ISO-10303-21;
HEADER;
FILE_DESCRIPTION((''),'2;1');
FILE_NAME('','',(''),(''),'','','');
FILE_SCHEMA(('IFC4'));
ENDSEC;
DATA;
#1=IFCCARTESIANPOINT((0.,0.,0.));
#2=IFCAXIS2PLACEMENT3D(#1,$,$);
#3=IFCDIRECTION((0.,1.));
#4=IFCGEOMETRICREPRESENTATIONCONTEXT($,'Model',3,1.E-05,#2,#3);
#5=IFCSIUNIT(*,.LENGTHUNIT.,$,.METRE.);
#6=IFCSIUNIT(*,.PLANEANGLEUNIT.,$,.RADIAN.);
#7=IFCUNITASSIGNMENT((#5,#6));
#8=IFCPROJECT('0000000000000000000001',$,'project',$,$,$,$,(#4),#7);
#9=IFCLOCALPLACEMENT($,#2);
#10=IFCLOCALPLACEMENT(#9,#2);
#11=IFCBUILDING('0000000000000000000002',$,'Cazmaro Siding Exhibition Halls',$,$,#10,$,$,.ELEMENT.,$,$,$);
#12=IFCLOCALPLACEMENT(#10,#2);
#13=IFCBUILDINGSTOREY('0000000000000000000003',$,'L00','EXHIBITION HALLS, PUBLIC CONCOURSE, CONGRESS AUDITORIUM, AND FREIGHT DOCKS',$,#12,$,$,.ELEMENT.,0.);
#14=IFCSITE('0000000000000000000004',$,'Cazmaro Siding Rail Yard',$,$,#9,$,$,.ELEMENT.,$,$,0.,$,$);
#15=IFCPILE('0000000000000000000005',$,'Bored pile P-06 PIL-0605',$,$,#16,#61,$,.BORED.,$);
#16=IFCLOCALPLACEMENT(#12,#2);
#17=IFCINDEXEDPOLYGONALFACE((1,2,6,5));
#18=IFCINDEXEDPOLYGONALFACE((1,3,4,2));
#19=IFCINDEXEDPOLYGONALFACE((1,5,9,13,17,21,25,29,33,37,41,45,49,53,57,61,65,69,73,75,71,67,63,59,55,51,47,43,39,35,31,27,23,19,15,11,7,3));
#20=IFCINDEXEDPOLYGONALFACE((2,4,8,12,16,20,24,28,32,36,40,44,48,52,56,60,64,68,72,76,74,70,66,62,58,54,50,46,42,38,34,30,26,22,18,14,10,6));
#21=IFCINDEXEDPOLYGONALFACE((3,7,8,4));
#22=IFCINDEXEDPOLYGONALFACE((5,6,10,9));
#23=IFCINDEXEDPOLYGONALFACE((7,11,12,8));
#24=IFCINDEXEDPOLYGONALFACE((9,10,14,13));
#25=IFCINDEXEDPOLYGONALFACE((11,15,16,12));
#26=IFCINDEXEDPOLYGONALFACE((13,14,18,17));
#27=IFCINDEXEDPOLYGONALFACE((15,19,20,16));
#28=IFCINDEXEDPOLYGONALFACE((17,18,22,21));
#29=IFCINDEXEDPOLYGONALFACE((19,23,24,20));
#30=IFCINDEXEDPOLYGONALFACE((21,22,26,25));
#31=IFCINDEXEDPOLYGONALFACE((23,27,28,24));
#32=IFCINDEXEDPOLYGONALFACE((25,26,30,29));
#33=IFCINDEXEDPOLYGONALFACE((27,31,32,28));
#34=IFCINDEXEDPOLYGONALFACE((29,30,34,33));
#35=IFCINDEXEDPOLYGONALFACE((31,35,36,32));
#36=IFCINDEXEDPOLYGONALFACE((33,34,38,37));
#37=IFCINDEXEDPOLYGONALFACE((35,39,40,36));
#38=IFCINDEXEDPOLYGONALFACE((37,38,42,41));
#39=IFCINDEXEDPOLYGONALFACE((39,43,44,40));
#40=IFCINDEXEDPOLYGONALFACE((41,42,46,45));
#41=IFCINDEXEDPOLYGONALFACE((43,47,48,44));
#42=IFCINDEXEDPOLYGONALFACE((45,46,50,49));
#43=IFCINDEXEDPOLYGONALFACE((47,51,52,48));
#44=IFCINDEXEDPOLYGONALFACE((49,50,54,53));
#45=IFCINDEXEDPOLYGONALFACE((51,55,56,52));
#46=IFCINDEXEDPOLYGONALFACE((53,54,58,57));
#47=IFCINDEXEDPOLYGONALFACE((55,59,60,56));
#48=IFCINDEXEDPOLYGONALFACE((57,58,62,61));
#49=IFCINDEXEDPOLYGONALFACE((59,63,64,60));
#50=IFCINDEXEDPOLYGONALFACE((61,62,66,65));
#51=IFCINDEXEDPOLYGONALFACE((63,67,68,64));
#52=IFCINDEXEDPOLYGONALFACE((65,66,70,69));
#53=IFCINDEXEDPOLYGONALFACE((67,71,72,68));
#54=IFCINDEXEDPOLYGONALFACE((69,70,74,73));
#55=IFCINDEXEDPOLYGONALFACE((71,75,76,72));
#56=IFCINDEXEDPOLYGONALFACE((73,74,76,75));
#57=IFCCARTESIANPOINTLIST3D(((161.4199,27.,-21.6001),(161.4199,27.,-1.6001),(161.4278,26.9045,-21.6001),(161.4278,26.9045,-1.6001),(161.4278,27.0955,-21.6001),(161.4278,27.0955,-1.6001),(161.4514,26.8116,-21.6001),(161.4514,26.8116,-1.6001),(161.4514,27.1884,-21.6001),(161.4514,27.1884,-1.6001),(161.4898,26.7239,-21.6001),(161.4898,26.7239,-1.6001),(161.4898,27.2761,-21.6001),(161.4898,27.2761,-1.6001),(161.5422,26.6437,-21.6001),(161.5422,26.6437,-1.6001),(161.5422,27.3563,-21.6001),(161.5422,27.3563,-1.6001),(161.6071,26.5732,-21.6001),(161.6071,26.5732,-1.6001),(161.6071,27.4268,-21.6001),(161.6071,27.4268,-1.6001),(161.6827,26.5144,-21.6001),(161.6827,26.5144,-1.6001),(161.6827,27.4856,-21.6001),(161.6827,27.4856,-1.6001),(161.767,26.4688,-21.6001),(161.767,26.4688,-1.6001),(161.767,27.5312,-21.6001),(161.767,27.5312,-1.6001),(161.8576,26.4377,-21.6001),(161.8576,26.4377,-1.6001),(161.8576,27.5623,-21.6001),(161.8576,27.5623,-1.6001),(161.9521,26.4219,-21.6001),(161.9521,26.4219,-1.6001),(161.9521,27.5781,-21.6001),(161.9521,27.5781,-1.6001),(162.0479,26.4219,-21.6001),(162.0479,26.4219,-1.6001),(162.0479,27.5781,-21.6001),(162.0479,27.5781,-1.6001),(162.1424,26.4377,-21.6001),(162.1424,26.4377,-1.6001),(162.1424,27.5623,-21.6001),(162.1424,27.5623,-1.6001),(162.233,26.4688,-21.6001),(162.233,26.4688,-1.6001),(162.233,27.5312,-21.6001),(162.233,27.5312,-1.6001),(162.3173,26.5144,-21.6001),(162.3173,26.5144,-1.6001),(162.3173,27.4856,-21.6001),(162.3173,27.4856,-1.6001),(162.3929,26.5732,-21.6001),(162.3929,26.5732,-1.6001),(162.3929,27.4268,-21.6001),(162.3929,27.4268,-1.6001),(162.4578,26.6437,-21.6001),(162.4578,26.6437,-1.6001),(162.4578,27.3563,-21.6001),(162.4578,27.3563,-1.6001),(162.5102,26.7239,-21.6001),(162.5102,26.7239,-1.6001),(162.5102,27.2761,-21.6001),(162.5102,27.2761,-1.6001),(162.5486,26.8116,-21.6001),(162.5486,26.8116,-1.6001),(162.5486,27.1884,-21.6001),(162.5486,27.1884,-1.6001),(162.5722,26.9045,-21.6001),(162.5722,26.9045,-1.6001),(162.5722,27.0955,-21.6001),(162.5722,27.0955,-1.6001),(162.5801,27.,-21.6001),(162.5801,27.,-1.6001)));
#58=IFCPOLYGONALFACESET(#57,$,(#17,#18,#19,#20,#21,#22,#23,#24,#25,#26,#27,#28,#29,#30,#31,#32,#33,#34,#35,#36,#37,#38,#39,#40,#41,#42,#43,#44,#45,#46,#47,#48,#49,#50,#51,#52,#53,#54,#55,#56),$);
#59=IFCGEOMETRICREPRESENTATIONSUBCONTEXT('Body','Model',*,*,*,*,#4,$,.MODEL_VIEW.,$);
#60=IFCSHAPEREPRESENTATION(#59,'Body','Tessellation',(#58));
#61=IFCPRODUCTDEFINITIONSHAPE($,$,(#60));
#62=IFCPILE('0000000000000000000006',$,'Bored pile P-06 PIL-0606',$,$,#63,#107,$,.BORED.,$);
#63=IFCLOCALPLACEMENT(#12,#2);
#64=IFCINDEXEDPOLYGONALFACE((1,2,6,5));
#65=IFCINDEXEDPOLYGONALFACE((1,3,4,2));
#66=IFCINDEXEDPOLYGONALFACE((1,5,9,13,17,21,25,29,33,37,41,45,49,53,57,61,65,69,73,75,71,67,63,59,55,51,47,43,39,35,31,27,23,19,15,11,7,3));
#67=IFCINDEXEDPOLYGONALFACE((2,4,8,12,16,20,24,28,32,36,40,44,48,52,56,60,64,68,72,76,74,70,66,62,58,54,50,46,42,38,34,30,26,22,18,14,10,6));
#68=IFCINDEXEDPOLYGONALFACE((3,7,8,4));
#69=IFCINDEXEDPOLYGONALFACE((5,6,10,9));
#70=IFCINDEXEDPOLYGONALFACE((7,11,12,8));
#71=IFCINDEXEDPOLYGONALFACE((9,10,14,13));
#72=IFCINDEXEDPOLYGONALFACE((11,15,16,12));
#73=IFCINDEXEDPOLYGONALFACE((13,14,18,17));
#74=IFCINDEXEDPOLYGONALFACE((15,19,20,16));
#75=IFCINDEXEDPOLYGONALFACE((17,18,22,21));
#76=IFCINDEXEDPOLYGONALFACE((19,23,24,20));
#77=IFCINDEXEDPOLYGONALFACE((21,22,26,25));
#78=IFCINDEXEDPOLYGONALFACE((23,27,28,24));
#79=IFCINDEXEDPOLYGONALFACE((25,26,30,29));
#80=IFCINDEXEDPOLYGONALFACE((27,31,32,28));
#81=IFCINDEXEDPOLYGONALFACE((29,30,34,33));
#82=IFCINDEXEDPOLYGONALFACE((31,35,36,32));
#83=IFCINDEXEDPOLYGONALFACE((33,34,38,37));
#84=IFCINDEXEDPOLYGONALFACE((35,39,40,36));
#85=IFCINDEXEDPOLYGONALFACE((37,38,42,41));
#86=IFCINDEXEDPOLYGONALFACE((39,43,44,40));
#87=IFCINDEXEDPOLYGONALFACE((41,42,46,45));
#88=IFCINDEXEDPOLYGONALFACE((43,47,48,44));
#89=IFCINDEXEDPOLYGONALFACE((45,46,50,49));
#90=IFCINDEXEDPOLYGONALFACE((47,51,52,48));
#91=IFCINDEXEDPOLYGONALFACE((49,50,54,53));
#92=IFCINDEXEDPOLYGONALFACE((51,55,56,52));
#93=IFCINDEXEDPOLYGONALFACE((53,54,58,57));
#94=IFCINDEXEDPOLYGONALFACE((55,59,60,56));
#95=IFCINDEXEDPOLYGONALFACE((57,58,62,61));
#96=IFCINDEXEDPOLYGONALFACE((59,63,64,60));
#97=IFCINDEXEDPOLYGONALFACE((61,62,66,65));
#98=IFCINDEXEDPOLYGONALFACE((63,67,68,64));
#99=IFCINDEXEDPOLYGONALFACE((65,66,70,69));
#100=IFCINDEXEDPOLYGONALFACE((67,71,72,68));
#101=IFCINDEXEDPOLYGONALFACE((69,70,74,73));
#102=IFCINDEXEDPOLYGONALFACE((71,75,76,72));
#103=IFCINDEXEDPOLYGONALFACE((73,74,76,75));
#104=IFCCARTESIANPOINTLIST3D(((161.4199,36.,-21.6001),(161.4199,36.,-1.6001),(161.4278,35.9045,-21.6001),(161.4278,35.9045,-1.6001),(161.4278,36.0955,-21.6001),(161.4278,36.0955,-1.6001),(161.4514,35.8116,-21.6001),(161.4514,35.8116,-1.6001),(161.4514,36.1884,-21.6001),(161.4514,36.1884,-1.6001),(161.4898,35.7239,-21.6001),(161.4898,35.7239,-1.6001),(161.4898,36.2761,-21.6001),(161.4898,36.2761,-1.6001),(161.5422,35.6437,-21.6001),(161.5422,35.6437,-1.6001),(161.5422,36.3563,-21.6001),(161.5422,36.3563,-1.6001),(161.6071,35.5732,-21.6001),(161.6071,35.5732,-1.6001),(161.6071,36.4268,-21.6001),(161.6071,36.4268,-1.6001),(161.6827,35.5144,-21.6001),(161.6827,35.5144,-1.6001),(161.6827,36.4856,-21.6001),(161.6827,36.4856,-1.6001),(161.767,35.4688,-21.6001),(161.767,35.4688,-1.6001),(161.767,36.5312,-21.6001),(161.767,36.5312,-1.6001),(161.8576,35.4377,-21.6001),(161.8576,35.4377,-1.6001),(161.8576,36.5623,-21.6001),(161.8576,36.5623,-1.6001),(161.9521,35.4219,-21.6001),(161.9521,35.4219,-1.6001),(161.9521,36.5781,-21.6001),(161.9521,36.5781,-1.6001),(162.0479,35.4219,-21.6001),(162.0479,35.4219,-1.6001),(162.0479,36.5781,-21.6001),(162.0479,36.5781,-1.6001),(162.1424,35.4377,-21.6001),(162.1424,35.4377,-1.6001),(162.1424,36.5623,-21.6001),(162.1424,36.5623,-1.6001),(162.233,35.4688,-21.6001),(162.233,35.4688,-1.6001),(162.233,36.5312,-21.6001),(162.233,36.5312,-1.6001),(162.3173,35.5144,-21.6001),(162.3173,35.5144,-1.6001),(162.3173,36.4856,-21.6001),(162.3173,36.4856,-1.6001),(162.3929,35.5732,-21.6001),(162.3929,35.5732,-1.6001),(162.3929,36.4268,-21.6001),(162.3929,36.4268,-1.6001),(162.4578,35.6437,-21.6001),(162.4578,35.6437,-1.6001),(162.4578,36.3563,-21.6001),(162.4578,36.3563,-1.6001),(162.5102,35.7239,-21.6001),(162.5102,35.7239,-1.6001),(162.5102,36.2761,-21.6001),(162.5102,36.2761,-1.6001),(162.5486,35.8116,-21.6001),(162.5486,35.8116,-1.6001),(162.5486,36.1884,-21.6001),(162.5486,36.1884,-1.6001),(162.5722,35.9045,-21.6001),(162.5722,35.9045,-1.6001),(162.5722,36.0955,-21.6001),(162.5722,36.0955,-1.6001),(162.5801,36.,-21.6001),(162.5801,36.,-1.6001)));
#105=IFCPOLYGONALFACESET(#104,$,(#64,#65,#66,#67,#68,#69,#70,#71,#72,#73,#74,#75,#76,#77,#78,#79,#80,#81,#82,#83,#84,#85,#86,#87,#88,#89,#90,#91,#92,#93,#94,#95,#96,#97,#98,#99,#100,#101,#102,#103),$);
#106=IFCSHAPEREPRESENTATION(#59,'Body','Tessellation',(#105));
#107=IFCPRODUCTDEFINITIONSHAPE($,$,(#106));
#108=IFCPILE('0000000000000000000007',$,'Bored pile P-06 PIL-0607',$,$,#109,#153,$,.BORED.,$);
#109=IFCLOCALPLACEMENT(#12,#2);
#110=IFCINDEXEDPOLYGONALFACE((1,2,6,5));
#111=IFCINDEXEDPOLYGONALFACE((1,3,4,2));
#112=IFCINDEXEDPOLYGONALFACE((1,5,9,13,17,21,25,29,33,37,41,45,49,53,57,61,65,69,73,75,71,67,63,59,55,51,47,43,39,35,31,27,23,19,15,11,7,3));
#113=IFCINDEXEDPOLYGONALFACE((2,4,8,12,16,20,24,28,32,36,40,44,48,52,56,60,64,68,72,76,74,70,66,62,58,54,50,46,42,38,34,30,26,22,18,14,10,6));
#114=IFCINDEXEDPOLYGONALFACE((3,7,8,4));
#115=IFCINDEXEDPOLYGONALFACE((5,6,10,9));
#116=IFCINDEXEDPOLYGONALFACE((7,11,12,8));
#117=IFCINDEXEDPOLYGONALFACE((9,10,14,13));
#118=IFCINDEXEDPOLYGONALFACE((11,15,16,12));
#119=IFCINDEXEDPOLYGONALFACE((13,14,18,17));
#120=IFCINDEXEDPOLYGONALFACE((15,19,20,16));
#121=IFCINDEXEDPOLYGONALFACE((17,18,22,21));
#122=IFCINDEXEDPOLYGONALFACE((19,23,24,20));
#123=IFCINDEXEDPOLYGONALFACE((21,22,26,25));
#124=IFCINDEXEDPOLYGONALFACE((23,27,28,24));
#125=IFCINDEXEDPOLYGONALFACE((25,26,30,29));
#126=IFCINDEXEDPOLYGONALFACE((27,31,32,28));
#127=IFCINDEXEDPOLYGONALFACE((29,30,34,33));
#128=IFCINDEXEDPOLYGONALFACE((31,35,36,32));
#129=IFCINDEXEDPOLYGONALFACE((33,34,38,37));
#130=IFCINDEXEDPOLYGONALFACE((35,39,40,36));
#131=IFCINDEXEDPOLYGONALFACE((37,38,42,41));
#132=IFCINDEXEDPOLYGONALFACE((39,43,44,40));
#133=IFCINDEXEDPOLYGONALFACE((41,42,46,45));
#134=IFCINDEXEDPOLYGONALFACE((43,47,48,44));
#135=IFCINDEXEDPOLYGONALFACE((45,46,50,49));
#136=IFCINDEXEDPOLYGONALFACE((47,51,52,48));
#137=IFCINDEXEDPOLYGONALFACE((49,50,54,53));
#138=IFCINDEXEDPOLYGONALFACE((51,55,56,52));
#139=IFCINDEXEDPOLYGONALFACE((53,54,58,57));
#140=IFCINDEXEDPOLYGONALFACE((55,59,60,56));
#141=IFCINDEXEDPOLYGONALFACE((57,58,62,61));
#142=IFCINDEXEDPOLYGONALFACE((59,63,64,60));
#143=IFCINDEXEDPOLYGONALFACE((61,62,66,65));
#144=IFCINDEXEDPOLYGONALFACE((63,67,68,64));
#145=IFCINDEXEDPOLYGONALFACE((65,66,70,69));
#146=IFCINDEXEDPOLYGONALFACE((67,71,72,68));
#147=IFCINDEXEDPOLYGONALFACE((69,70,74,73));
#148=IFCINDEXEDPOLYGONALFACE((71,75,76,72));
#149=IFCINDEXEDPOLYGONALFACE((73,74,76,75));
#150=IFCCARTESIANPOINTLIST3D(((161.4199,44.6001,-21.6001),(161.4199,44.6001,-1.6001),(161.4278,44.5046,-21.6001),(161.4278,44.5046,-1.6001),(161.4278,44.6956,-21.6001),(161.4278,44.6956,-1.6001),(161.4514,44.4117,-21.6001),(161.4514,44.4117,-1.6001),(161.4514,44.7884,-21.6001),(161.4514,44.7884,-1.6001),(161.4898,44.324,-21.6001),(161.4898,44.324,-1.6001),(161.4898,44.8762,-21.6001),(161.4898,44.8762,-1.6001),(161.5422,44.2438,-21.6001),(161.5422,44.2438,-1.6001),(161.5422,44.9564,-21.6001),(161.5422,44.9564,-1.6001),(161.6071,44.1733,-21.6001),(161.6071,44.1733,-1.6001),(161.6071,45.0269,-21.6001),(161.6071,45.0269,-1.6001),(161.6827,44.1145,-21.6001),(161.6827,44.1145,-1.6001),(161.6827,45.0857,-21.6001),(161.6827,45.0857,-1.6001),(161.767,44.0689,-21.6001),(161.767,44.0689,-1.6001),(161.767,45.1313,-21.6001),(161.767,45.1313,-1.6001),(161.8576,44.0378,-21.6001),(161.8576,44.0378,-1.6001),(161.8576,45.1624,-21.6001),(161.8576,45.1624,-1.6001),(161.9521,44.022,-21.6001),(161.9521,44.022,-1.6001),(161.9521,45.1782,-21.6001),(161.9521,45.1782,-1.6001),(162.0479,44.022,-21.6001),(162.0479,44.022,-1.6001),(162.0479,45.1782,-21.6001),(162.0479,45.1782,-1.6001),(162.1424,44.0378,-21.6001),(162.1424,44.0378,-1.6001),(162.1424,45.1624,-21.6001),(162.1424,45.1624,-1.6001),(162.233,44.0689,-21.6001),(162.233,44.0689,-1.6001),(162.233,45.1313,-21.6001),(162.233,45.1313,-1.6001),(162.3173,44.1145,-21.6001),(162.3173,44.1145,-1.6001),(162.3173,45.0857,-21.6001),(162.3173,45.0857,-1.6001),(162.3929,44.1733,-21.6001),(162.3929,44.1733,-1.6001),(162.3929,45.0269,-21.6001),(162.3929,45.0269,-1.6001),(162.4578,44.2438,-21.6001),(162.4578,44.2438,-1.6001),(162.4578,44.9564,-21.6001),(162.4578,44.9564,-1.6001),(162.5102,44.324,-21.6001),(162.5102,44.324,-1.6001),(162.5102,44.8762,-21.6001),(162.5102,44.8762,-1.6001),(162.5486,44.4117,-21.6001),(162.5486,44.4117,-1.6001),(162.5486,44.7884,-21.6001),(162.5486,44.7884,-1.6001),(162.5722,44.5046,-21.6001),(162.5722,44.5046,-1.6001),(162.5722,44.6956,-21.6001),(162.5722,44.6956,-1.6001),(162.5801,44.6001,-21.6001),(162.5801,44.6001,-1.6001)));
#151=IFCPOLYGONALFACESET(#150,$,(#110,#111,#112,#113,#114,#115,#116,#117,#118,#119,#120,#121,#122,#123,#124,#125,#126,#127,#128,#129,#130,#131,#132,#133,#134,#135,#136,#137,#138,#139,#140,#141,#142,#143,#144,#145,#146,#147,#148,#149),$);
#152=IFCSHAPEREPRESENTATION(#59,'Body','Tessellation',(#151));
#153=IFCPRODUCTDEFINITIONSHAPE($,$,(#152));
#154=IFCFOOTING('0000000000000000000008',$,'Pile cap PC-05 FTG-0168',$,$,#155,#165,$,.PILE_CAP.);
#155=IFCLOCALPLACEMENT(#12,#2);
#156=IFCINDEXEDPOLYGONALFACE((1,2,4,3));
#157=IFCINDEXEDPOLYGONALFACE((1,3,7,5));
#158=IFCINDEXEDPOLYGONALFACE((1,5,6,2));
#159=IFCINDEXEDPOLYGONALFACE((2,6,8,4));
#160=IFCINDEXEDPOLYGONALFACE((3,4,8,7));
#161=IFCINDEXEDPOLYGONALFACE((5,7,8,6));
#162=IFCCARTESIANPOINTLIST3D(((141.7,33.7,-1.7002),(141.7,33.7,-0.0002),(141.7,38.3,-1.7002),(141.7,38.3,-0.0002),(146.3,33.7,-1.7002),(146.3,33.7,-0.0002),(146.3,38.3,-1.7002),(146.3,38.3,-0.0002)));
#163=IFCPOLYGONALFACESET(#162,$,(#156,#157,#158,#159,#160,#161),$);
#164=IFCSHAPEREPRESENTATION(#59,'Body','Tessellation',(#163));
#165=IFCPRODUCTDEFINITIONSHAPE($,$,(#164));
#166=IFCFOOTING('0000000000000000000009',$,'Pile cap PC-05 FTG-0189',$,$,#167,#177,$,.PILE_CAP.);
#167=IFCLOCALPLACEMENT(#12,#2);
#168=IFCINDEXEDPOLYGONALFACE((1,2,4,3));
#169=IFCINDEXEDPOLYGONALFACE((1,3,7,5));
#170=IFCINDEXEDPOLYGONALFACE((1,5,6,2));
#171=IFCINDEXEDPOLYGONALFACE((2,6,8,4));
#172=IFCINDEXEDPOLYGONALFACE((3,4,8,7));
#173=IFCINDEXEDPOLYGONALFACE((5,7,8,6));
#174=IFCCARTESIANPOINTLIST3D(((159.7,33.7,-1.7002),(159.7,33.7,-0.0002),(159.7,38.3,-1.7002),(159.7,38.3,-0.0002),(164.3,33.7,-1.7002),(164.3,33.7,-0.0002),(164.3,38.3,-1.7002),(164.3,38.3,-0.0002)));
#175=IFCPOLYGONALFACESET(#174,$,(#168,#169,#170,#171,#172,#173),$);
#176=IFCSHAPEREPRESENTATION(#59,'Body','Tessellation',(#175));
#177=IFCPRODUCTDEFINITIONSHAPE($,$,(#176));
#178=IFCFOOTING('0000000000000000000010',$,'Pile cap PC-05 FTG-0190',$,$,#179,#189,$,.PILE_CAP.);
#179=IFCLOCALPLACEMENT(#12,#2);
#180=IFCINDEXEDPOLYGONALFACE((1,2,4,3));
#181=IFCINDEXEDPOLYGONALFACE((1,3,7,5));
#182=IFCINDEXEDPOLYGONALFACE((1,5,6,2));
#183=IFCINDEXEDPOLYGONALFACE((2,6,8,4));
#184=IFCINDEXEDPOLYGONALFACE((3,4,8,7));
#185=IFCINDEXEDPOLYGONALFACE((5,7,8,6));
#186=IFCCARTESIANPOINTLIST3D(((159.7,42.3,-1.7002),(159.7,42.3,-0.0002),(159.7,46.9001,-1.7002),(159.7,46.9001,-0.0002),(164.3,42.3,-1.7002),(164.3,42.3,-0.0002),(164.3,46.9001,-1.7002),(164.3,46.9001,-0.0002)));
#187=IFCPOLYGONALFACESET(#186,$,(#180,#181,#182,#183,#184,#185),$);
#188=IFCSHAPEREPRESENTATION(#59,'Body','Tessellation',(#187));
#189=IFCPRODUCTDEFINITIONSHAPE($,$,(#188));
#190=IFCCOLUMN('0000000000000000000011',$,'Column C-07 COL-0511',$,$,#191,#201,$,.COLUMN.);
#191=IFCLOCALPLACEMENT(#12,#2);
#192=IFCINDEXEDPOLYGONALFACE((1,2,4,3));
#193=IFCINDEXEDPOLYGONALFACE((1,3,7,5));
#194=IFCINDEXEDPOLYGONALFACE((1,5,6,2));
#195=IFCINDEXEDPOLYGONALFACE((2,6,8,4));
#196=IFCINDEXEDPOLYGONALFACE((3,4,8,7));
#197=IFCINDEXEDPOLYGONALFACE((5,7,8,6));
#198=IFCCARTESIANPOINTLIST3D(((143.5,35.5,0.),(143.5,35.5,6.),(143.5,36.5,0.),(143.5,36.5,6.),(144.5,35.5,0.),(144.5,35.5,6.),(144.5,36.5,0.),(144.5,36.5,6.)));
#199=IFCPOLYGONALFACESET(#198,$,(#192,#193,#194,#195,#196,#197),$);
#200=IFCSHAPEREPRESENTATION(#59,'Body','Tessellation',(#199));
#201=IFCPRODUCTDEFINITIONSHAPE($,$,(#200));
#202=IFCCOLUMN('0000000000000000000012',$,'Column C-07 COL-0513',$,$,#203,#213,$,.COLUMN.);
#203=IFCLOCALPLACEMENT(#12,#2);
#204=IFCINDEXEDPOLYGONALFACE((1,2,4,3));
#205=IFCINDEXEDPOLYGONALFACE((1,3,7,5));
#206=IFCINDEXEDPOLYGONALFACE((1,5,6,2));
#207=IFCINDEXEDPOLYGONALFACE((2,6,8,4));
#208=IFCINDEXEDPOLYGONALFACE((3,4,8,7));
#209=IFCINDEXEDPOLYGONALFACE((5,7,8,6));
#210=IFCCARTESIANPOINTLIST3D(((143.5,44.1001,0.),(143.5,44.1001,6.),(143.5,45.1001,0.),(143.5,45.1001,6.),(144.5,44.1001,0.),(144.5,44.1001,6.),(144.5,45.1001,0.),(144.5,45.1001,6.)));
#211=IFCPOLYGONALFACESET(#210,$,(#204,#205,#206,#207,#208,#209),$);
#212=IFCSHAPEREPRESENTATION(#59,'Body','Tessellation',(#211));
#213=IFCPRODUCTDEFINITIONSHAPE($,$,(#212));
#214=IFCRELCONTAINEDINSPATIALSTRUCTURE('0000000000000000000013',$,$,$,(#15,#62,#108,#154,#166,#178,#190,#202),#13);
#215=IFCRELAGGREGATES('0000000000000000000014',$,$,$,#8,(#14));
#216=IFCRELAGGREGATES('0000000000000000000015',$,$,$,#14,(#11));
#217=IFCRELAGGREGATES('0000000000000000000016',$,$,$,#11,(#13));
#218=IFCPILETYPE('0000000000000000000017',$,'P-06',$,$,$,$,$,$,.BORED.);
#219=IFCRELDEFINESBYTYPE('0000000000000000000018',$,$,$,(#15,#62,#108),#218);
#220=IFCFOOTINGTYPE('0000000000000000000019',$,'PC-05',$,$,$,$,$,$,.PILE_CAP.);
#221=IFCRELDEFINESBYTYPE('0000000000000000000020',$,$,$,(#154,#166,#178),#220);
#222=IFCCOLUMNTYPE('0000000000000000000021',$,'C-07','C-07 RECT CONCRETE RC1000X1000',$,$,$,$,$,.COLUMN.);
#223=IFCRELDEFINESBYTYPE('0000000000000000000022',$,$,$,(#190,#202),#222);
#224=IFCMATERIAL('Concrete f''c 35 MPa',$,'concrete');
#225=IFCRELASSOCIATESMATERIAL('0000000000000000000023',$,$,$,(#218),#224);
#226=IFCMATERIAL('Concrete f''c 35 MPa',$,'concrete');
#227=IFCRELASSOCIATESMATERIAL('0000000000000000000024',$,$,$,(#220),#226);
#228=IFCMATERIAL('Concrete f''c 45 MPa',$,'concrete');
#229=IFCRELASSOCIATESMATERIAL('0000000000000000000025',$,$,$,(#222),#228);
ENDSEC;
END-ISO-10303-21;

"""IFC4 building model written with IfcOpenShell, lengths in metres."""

from ifc_helpers import new_model, si_unit, direction, frame, origin, origin_2d, place, context, subcontext, project, spatial, rectangle, circle, extrude, material, material_profile, profile_set, type_object, element, save


model = new_model("IFC4")

# Units and contexts
model_context = context("Model", 3, precision=1e-05, world=origin(), true_north=direction((0.0, 1.0)))
body_context = subcontext(model_context, "Body", "Model", "MODEL_VIEW")
ifc_project = project(units=[si_unit("LENGTHUNIT", "METRE"), si_unit("PLANEANGLEUNIT", "RADIAN")], contexts=[model_context])

# Site, building, storey
site_placement = place(None, origin())
site = spatial("IfcSite", under=ifc_project, at=site_placement, Name="Cazmaro Siding Rail Yard", CompositionType="ELEMENT", RefElevation=0.0)
building_placement = place(site_placement, origin())
building = spatial("IfcBuilding", under=site, at=building_placement, Name="Cazmaro Siding Exhibition Halls", CompositionType="ELEMENT")
storey_placement = place(building_placement, origin())
storey = spatial("IfcBuildingStorey", under=building, at=storey_placement, Name="L00", Description="EXHIBITION HALLS, PUBLIC CONCOURSE, CONGRESS AUDITORIUM, AND FREIGHT DOCKS", CompositionType="ELEMENT", Elevation=0.0)

# Piles
ifc_material_1 = material(Name="Concrete f'c 35 MPa", Category="concrete")
ifc_material_profile_1 = material_profile(ifc_material_1, circle(Radius=0.5801, at=origin_2d()), Name="CIDH-1160")
ifc_profile_set_1 = profile_set([ifc_material_profile_1], Name="Concrete f'c 35 MPa")
pile_type = type_object("IfcPileType", Name="P-06", PredefinedType="BORED", material=ifc_profile_set_1)
for number, where, z_axis, x_axis, name in (
    (1, (162.0, 27.0, -1.6001), (0.0, 0.0, -1.0), (1.0, 0.0, 0.0), "Bored pile P-06 PIL-0605"),
    (2, (162.0, 36.0, -1.6001), (0.0, 0.0, -1.0), (1.0, 0.0, 0.0), "Bored pile P-06 PIL-0606"),
    (3, (162.0, 44.6001, -1.6001), (0.0, 0.0, -1.0), (1.0, 0.0, 0.0), "Bored pile P-06 PIL-0607"),
):
    element("IfcPile", number, at=place(storey_placement, frame(where, z_axis=z_axis, x_axis=x_axis)), inside=storey, type_object=pile_type, Name=name, PredefinedType="BORED", context=body_context, shape_type="SweptSolid", body=[
        extrude(circle(Radius=0.5801, at=origin_2d()), origin(), (0.0, 0.0, 1.0), 20.0),
    ])

# Footings
ifc_material_2 = material(Name="Concrete f'c 35 MPa", Category="concrete")
footing_type = type_object("IfcFootingType", Name="PC-05", PredefinedType="PILE_CAP", material=ifc_material_2)
for number, where, z_axis, x_axis, name in (
    (4, (144.0, 36.0, -1.7002), (0.0, 0.0, 1.0), (1.0, 0.0, 0.0), "Pile cap PC-05 FTG-0168"),
    (5, (162.0, 36.0, -1.7002), (0.0, 0.0, 1.0), (1.0, 0.0, 0.0), "Pile cap PC-05 FTG-0189"),
    (6, (162.0, 44.6001, -1.7002), (0.0, 0.0, 1.0), (1.0, 0.0, 0.0), "Pile cap PC-05 FTG-0190"),
):
    element("IfcFooting", number, at=place(storey_placement, frame(where, z_axis=z_axis, x_axis=x_axis)), inside=storey, type_object=footing_type, Name=name, PredefinedType="PILE_CAP", context=body_context, shape_type="SweptSolid", body=[
        extrude(rectangle(XDim=4.6001, YDim=4.6001, at=origin_2d()), origin(), (0.0, 0.0, 1.0), 1.7),
    ])

# Columns
ifc_material_3 = material(Name="Concrete f'c 45 MPa", Category="concrete")
ifc_material_profile_2 = material_profile(ifc_material_3, rectangle(XDim=1.0, YDim=1.0, at=origin_2d()), Name="RC1000X1000")
ifc_profile_set_2 = profile_set([ifc_material_profile_2], Name="Concrete f'c 45 MPa")
column_type = type_object("IfcColumnType", Name="C-07", Description="C-07 RECT CONCRETE RC1000X1000", PredefinedType="COLUMN", material=ifc_profile_set_2)
for number, where, z_axis, x_axis, name in (
    (7, (144.0, 36.0, 0.0), (0.0, 0.0, 1.0), (1.0, 0.0, 0.0), "Column C-07 COL-0511"),
    (8, (144.0, 44.6001, 0.0), (0.0, 0.0, 1.0), (1.0, 0.0, 0.0), "Column C-07 COL-0513"),
):
    element("IfcColumn", number, at=place(storey_placement, frame(where, z_axis=z_axis, x_axis=x_axis)), inside=storey, type_object=column_type, Name=name, PredefinedType="COLUMN", context=body_context, shape_type="SweptSolid", body=[
        extrude(rectangle(XDim=1.0, YDim=1.0, at=origin_2d()), origin(), (0.0, 0.0, 1.0), 6.0),
    ])

save(model, "model.ifc")
